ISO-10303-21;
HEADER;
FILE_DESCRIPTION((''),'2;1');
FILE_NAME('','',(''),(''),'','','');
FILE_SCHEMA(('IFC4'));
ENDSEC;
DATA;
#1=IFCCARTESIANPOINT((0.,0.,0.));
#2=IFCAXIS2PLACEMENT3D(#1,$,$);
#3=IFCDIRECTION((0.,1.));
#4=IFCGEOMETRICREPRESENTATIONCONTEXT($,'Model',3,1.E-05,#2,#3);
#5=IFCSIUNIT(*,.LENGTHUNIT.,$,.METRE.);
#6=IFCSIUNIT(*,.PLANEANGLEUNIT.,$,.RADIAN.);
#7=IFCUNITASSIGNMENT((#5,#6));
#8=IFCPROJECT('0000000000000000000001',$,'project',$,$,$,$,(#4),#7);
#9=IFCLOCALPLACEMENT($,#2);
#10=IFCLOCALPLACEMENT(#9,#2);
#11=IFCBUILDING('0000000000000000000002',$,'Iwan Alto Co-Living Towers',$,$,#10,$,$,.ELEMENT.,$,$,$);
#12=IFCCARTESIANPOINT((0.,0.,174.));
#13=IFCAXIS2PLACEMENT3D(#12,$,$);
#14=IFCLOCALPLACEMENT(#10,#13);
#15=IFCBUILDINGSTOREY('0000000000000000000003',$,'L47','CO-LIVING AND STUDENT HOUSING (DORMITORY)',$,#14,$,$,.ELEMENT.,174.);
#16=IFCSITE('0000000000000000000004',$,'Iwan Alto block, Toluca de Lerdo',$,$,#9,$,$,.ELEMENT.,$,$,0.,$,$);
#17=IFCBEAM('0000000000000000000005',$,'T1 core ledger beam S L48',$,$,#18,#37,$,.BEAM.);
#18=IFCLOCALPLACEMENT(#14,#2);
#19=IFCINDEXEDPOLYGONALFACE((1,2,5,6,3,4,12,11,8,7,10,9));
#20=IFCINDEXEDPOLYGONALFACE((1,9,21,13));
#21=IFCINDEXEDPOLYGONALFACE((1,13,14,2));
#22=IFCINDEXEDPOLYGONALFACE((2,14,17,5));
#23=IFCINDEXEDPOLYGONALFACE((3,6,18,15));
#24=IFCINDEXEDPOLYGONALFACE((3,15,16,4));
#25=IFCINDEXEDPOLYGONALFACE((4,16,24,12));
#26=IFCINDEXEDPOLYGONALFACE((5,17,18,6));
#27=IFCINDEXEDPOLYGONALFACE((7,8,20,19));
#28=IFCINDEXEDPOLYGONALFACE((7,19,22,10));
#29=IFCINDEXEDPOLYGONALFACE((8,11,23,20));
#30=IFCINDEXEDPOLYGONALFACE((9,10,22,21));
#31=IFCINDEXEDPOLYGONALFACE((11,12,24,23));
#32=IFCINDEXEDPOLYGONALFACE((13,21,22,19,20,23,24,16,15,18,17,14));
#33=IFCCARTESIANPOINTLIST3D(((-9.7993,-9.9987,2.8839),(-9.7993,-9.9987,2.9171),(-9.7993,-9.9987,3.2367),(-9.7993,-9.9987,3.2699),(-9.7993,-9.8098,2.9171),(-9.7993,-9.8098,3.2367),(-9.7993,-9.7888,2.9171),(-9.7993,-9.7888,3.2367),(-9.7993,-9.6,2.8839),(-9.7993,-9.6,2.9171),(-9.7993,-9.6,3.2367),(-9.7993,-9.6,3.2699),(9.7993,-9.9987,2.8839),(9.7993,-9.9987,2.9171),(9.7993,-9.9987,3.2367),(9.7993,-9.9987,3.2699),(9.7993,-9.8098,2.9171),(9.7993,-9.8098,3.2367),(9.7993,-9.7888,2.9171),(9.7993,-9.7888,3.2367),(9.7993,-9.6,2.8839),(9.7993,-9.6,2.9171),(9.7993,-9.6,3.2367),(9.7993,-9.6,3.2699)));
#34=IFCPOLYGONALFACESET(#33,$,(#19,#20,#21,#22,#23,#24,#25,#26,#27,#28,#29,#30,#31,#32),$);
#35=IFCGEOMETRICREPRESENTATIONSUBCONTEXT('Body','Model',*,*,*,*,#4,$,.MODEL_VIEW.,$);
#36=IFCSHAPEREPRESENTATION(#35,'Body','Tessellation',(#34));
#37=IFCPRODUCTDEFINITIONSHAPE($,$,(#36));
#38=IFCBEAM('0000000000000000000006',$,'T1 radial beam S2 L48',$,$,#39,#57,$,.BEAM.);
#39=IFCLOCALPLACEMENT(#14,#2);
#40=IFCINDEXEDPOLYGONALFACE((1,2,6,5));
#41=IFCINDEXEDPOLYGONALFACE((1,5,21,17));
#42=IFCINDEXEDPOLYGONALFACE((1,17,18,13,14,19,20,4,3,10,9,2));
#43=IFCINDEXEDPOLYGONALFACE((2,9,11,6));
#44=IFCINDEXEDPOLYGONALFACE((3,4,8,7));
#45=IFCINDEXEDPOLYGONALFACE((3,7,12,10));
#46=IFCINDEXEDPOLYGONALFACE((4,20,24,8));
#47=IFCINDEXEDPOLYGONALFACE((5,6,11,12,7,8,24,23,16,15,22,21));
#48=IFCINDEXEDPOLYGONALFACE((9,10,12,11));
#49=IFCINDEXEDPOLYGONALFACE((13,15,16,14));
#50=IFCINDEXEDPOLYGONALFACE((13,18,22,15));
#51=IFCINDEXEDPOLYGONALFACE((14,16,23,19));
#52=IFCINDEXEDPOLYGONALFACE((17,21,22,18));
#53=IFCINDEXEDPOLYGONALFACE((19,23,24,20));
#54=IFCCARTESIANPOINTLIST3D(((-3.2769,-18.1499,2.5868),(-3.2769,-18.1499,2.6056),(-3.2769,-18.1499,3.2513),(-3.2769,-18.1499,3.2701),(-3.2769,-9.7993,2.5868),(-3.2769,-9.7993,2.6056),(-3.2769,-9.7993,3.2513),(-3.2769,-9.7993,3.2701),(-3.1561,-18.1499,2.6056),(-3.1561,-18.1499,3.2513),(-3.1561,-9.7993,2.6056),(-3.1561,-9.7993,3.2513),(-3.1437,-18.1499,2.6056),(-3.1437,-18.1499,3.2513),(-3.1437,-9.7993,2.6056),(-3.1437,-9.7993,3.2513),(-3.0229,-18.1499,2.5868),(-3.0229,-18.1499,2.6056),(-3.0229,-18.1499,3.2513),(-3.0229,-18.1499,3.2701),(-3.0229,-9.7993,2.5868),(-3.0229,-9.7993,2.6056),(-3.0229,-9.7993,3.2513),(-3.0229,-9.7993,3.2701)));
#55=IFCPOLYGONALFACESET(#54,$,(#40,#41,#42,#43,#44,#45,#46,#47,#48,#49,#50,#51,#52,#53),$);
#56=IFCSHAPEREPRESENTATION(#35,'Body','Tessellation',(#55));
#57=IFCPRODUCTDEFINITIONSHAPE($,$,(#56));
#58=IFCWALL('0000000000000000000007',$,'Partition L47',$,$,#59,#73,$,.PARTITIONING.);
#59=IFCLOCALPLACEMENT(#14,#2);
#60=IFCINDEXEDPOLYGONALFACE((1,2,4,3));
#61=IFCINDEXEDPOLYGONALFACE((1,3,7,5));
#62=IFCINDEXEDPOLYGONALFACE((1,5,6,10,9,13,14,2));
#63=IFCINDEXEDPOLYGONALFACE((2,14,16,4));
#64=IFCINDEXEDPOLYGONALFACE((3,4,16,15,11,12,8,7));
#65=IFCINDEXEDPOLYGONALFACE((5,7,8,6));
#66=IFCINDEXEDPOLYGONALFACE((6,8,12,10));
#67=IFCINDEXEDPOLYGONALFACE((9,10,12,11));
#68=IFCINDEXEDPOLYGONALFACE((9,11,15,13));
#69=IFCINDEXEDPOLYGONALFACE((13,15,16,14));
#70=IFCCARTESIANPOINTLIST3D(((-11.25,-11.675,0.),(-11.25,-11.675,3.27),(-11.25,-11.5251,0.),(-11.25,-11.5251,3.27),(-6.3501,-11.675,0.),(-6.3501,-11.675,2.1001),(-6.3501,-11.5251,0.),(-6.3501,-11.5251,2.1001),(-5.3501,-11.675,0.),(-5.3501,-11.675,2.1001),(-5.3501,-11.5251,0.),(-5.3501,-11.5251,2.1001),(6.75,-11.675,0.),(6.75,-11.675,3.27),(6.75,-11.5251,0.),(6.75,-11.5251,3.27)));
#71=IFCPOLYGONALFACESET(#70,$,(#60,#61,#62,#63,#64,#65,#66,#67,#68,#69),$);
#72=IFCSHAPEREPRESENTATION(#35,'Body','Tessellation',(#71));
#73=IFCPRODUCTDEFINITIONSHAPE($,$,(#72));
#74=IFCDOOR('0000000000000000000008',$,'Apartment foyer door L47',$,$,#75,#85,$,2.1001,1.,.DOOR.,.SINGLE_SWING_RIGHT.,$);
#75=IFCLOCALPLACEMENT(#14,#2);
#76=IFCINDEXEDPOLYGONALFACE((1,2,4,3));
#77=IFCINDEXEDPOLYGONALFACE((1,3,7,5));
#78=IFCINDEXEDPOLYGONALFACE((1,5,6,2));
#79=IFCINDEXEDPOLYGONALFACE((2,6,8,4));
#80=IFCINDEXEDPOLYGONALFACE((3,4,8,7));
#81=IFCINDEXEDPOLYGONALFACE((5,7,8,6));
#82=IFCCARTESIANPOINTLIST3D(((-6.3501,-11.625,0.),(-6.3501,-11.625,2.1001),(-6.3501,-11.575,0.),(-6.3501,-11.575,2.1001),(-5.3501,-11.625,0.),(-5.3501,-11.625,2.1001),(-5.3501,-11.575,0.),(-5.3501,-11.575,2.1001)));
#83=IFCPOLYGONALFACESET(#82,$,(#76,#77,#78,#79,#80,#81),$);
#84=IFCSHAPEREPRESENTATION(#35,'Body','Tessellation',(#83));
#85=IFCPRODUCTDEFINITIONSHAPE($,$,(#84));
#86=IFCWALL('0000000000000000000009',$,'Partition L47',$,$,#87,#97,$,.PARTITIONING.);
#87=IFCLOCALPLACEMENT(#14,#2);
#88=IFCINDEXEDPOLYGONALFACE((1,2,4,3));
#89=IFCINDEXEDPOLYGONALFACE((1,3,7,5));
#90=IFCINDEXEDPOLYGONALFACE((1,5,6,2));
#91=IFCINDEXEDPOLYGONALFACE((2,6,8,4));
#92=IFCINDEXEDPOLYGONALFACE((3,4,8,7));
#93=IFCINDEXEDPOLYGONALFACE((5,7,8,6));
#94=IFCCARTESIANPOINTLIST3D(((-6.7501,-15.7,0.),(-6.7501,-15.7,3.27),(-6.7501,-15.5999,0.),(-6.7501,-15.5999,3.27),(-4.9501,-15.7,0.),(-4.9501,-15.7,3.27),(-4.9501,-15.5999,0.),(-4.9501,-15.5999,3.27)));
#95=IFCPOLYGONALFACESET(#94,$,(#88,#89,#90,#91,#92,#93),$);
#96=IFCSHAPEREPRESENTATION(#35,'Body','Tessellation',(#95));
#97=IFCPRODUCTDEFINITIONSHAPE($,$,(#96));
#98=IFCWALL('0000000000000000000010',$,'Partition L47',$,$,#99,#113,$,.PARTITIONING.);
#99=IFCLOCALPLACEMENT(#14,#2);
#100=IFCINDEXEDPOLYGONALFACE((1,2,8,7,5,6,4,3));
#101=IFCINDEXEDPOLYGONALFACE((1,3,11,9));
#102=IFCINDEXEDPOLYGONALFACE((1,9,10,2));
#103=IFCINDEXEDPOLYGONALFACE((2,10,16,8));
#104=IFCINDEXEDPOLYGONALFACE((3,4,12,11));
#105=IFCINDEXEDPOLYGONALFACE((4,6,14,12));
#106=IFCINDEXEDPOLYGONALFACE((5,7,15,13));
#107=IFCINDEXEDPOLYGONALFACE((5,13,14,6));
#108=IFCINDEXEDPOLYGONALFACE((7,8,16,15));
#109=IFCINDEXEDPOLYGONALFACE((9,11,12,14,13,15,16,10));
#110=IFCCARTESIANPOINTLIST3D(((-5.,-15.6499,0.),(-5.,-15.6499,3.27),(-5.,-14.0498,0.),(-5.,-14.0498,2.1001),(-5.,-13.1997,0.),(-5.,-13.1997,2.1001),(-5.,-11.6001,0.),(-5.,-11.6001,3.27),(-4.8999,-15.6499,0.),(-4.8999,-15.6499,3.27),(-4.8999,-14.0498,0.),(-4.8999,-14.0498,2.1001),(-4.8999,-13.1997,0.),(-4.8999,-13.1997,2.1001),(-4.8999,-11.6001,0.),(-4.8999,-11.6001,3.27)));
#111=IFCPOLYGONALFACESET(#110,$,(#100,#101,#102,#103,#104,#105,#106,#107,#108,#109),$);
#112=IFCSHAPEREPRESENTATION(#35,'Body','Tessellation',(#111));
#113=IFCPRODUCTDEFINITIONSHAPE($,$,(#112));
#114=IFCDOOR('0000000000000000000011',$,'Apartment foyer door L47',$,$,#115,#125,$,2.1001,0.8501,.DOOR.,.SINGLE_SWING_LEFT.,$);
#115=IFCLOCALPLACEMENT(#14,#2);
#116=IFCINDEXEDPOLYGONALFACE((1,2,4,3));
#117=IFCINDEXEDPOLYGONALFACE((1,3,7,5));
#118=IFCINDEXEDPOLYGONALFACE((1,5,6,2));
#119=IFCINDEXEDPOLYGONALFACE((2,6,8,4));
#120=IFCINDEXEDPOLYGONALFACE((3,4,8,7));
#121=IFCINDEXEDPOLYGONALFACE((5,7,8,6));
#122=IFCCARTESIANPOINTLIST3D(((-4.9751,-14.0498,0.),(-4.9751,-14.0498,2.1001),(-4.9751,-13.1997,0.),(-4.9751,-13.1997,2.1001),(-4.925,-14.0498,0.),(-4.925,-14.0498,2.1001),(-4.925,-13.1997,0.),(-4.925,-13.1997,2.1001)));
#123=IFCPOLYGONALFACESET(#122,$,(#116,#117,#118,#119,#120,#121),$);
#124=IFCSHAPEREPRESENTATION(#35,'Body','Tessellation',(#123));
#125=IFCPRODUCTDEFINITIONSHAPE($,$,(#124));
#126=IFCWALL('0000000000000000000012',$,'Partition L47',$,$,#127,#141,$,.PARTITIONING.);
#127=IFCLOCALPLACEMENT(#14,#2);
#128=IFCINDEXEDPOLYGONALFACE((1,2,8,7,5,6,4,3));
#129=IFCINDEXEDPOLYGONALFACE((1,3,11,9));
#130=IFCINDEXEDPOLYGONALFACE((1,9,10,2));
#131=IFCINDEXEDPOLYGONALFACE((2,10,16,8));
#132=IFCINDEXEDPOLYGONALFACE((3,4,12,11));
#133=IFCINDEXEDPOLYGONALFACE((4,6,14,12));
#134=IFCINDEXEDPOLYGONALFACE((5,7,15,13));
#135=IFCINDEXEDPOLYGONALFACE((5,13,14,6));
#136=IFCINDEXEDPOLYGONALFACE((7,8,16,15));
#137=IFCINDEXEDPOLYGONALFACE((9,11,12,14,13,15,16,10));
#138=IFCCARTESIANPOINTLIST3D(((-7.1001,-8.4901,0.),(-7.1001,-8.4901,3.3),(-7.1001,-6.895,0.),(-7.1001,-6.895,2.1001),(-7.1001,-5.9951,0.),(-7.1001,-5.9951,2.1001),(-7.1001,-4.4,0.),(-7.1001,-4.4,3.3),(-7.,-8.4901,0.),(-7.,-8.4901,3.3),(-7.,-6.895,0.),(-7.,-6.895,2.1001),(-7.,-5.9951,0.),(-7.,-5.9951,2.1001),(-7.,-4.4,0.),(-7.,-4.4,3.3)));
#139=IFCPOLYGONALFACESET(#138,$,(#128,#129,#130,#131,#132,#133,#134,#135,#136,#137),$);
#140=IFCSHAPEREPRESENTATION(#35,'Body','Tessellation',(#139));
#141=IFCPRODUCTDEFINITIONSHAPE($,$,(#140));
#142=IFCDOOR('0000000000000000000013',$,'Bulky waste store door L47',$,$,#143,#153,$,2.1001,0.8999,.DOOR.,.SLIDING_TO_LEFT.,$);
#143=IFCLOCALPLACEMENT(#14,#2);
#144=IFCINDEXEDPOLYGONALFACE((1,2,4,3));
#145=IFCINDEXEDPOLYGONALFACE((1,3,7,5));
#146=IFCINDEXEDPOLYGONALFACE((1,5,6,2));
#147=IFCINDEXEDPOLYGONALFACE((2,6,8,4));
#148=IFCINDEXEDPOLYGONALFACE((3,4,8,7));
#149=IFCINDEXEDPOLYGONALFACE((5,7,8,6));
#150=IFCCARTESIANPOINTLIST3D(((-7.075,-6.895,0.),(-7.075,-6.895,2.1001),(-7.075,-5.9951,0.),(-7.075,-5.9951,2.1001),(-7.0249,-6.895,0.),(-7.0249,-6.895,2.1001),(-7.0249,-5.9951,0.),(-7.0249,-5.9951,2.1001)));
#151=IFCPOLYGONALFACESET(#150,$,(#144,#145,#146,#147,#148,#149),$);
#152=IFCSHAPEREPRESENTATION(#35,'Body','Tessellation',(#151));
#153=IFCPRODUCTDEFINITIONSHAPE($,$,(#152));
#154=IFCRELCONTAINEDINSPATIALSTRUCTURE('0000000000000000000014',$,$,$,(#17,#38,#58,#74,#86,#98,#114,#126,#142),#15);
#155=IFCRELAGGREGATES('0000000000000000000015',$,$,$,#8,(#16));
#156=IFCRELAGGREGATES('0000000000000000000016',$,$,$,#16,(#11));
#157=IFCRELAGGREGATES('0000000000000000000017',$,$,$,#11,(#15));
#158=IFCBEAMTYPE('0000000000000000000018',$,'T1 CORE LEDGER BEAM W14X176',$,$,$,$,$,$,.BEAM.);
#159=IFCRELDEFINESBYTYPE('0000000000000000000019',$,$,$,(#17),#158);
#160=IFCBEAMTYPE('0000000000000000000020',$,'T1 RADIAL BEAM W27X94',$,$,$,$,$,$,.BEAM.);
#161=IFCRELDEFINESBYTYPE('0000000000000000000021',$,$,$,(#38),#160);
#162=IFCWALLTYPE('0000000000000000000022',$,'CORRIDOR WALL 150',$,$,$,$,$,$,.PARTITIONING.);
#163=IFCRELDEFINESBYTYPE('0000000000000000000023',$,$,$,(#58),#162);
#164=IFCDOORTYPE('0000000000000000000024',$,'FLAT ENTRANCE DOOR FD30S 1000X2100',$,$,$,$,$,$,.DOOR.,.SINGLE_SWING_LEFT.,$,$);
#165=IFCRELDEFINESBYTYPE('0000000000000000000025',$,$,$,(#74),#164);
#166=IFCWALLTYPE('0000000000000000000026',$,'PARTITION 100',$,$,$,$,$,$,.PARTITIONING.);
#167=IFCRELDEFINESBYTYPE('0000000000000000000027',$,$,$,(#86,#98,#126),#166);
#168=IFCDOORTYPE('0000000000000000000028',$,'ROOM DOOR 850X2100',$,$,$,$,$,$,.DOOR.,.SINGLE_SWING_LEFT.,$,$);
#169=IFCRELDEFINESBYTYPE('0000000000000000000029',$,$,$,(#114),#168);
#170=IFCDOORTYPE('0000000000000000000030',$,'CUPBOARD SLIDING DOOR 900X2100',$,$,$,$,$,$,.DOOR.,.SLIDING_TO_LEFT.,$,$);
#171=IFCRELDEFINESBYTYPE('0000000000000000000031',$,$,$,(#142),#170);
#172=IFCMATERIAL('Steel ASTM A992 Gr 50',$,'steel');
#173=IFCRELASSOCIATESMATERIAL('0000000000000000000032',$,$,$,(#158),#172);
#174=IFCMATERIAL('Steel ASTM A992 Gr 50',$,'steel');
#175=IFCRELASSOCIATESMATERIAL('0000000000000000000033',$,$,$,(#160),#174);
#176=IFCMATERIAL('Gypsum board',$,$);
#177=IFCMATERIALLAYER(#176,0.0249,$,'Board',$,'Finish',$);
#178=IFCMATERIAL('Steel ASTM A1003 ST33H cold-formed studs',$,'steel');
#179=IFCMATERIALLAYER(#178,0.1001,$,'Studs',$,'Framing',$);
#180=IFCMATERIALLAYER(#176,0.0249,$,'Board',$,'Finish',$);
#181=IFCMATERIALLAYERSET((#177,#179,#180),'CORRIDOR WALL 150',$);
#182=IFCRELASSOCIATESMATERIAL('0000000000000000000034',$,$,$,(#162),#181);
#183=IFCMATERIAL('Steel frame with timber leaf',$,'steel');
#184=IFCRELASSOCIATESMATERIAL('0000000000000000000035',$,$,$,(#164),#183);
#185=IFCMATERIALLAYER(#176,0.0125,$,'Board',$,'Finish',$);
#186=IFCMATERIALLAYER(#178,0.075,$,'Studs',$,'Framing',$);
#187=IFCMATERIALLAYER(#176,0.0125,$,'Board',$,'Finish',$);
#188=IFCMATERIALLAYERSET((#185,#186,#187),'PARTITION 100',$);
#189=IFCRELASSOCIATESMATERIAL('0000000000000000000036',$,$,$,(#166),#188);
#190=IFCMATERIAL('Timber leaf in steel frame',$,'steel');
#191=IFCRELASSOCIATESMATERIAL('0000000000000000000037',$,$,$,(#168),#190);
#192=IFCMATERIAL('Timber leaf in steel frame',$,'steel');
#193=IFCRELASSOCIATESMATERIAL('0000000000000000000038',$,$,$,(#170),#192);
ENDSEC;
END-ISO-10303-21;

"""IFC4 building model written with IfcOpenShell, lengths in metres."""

from ifc_helpers import new_model, si_unit, direction, frame, frame_2d, origin, origin_2d, place, context, subcontext, project, spatial, rectangle, i_section, extrude, material, layer, layer_set, material_profile, profile_set, type_object, element, fill, save


model = new_model("IFC4")

# Units and contexts
model_context = context("Model", 3, precision=1e-05, world=origin(), true_north=direction((0.0, 1.0)))
body_context = subcontext(model_context, "Body", "Model", "MODEL_VIEW")
ifc_project = project(units=[si_unit("LENGTHUNIT", "METRE"), si_unit("PLANEANGLEUNIT", "RADIAN")], contexts=[model_context])

# Site, building, storey
site_placement = place(None, origin())
site = spatial("IfcSite", under=ifc_project, at=site_placement, Name="Iwan Alto block, Toluca de Lerdo", CompositionType="ELEMENT", RefElevation=0.0)
building_placement = place(site_placement, origin())
building = spatial("IfcBuilding", under=site, at=building_placement, Name="Iwan Alto Co-Living Towers", CompositionType="ELEMENT")
storey_placement = place(building_placement, frame((0.0, 0.0, 174.0)))
storey = spatial("IfcBuildingStorey", under=building, at=storey_placement, Name="L47", Description="CO-LIVING AND STUDENT HOUSING (DORMITORY)", CompositionType="ELEMENT", Elevation=174.0)

# Beams
ifc_material_1 = material(Name="Steel ASTM A992 Gr 50", Category="steel")
ifc_material_profile_1 = material_profile(ifc_material_1, i_section(OverallWidth=0.3987, OverallDepth=0.386, WebThickness=0.021, FlangeThickness=0.0332, at=origin_2d()), Name="W14X176")
ifc_profile_set_1 = profile_set([ifc_material_profile_1], Name="Steel ASTM A992 Gr 50")
beam_type_1 = type_object("IfcBeamType", Name="T1 CORE LEDGER BEAM W14X176", PredefinedType="BEAM", material=ifc_profile_set_1)
beam_1_placement = place(storey_placement, frame((-9.7993, -9.7993, 3.0769), z_axis=(1.0, 0.0, 0.0), x_axis=(0.0, 1.0, 0.0)))
element("IfcBeam", 1, at=beam_1_placement, inside=storey, type_object=beam_type_1, Name="T1 core ledger beam S L48", PredefinedType="BEAM", context=body_context, shape_type="SweptSolid", body=[
    extrude(i_section(OverallWidth=0.3987, OverallDepth=0.386, WebThickness=0.021, FlangeThickness=0.0332, at=origin_2d()), origin(), (0.0, 0.0, 1.0), 19.5986),
])
ifc_material_2 = material(Name="Steel ASTM A992 Gr 50", Category="steel")
ifc_material_profile_2 = material_profile(ifc_material_2, i_section(OverallWidth=0.2539, OverallDepth=0.6833, WebThickness=0.0125, FlangeThickness=0.0188, at=origin_2d()), Name="W27X94")
ifc_profile_set_2 = profile_set([ifc_material_profile_2], Name="Steel ASTM A992 Gr 50")
beam_type_2 = type_object("IfcBeamType", Name="T1 RADIAL BEAM W27X94", PredefinedType="BEAM", material=ifc_profile_set_2)
beam_2_placement = place(storey_placement, frame((-3.1499, -18.1499, 2.9285), z_axis=(0.0, 1.0, 0.0), x_axis=(-1.0, 0.0, 0.0)))
element("IfcBeam", 2, at=beam_2_placement, inside=storey, type_object=beam_type_2, Name="T1 radial beam S2 L48", PredefinedType="BEAM", context=body_context, shape_type="SweptSolid", body=[
    extrude(i_section(OverallWidth=0.2539, OverallDepth=0.6833, WebThickness=0.0125, FlangeThickness=0.0188, at=origin_2d()), origin(), (0.0, 0.0, 1.0), 8.3506),
])

# Wall, opening, door
ifc_material_3 = material(Name="Gypsum board")
ifc_layer_1 = layer(ifc_material_3, 0.0249, Name="Board", Category="Finish")
ifc_material_4 = material(Name="Steel ASTM A1003 ST33H cold-formed studs", Category="steel")
ifc_layer_2 = layer(ifc_material_4, 0.1001, Name="Studs", Category="Framing")
ifc_layer_3 = layer(ifc_material_3, 0.0249, Name="Board", Category="Finish")
ifc_layer_set_1 = layer_set([ifc_layer_1, ifc_layer_2, ifc_layer_3], Name="CORRIDOR WALL 150")
wall_type_1 = type_object("IfcWallType", Name="CORRIDOR WALL 150", PredefinedType="PARTITIONING", material=ifc_layer_set_1)
wall_1_placement = place(storey_placement, frame((-11.25, -11.6001, 0.0), z_axis=(0.0, 0.0, 1.0), x_axis=(1.0, 0.0, 0.0)))
wall_1 = element("IfcWall", 3, at=wall_1_placement, inside=storey, type_object=wall_type_1, Name="Partition L47", PredefinedType="PARTITIONING", context=body_context, shape_type="SweptSolid", body=[
    extrude(rectangle(XDim=18.0, YDim=0.1499, at=frame_2d((9.0, 0.0))), origin(), (0.0, 0.0, 1.0), 3.27),
])
opening_1_placement = place(wall_1_placement, frame((4.8999, 0.0, 0.0)))
opening_1 = element("IfcOpeningElement", 4, at=opening_1_placement, cuts=wall_1, PredefinedType="OPENING", context=body_context, shape_type="SweptSolid", body=[
    extrude(rectangle(XDim=1.0, YDim=2.1001, at=frame_2d((0.5, 1.05))), frame((0.0, 0.085, 0.0), z_axis=(0.0, -1.0, 0.0), x_axis=(1.0, 0.0, 0.0)), (0.0, 0.0, 1.0), 0.1699),
])
ifc_material_5 = material(Name="Steel frame with timber leaf", Category="steel")
door_type_1 = type_object("IfcDoorType", Name="FLAT ENTRANCE DOOR FD30S 1000X2100", OperationType="SINGLE_SWING_LEFT", PredefinedType="DOOR", material=ifc_material_5)
door_1_placement = place(opening_1_placement, frame((1.0, 0.0, 0.0), z_axis=(0.0, 0.0, 1.0), x_axis=(-1.0, 0.0, 0.0)))
door_1 = element("IfcDoor", 5, at=door_1_placement, inside=storey, type_object=door_type_1, Name="Apartment foyer door L47", OperationType="SINGLE_SWING_RIGHT", OverallHeight=2.1001, OverallWidth=1.0, PredefinedType="DOOR", context=body_context, shape_type="SweptSolid", body=[
    extrude(rectangle(XDim=1.0, YDim=2.1001, at=frame_2d((0.5, 1.05))), frame((0.0, 0.0249, 0.0), z_axis=(0.0, -1.0, 0.0), x_axis=(1.0, 0.0, 0.0)), (0.0, 0.0, 1.0), 0.05),
])
fill(opening_1, door_1)

# Wall
ifc_layer_4 = layer(ifc_material_3, 0.0125, Name="Board", Category="Finish")
ifc_layer_5 = layer(ifc_material_4, 0.075, Name="Studs", Category="Framing")
ifc_layer_6 = layer(ifc_material_3, 0.0125, Name="Board", Category="Finish")
ifc_layer_set_2 = layer_set([ifc_layer_4, ifc_layer_5, ifc_layer_6], Name="PARTITION 100")
wall_type_2 = type_object("IfcWallType", Name="PARTITION 100", PredefinedType="PARTITIONING", material=ifc_layer_set_2)
wall_2_placement = place(storey_placement, frame((-6.75, -15.6499, 0.0), z_axis=(0.0, 0.0, 1.0), x_axis=(1.0, 0.0, 0.0)))
element("IfcWall", 6, at=wall_2_placement, inside=storey, type_object=wall_type_2, Name="Partition L47", PredefinedType="PARTITIONING", context=body_context, shape_type="SweptSolid", body=[
    extrude(rectangle(XDim=1.8, YDim=0.1001, at=frame_2d((0.8999, 0.0))), origin(), (0.0, 0.0, 1.0), 3.27),
])

# Walls, openings, doors
wall_3_placement = place(storey_placement, frame((-4.95, -15.6499, 0.0), z_axis=(0.0, 0.0, 1.0), x_axis=(0.0, 1.0, 0.0)))
wall_3 = element("IfcWall", 7, at=wall_3_placement, inside=storey, type_object=wall_type_2, Name="Partition L47", PredefinedType="PARTITIONING", context=body_context, shape_type="SweptSolid", body=[
    extrude(rectangle(XDim=4.0498, YDim=0.1001, at=frame_2d((2.0249, 0.0))), origin(), (0.0, 0.0, 1.0), 3.27),
])
opening_2_placement = place(wall_3_placement, frame((1.6001, 0.0, 0.0)))
opening_2 = element("IfcOpeningElement", 8, at=opening_2_placement, cuts=wall_3, PredefinedType="OPENING", context=body_context, shape_type="SweptSolid", body=[
    extrude(rectangle(XDim=0.8501, YDim=2.1001, at=frame_2d((0.425, 1.05))), frame((0.0, 0.0601, 0.0), z_axis=(0.0, -1.0, 0.0), x_axis=(1.0, 0.0, 0.0)), (0.0, 0.0, 1.0), 0.1201),
])
ifc_material_6 = material(Name="Timber leaf in steel frame", Category="steel")
door_type_2 = type_object("IfcDoorType", Name="ROOM DOOR 850X2100", OperationType="SINGLE_SWING_LEFT", PredefinedType="DOOR", material=ifc_material_6)
door_2_placement = place(opening_2_placement, frame((0.8501, 0.0, 0.0), z_axis=(0.0, 0.0, 1.0), x_axis=(-1.0, 0.0, 0.0)))
door_2 = element("IfcDoor", 9, at=door_2_placement, inside=storey, type_object=door_type_2, Name="Apartment foyer door L47", OperationType="SINGLE_SWING_LEFT", OverallHeight=2.1001, OverallWidth=0.8501, PredefinedType="DOOR", context=body_context, shape_type="SweptSolid", body=[
    extrude(rectangle(XDim=0.8501, YDim=2.1001, at=frame_2d((0.425, 1.05))), frame((0.0, 0.0249, 0.0), z_axis=(0.0, -1.0, 0.0), x_axis=(1.0, 0.0, 0.0)), (0.0, 0.0, 1.0), 0.05),
])
fill(opening_2, door_2)
wall_4_placement = place(storey_placement, frame((-7.05, -8.49, 0.0), z_axis=(0.0, 0.0, 1.0), x_axis=(0.0, 1.0, 0.0)))
wall_4 = element("IfcWall", 10, at=wall_4_placement, inside=storey, type_object=wall_type_2, Name="Partition L47", PredefinedType="PARTITIONING", context=body_context, shape_type="SweptSolid", body=[
    extrude(rectangle(XDim=4.0901, YDim=0.1001, at=frame_2d((2.0449, 0.0))), origin(), (0.0, 0.0, 1.0), 3.3),
])
opening_3_placement = place(wall_4_placement, frame((1.595, 0.0, 0.0)))
opening_3 = element("IfcOpeningElement", 11, at=opening_3_placement, cuts=wall_4, PredefinedType="OPENING", context=body_context, shape_type="SweptSolid", body=[
    extrude(rectangle(XDim=0.8999, YDim=2.1001, at=frame_2d((0.45, 1.05))), frame((0.0, 0.0601, 0.0), z_axis=(0.0, -1.0, 0.0), x_axis=(1.0, 0.0, 0.0)), (0.0, 0.0, 1.0), 0.1201),
])
ifc_material_7 = material(Name="Timber leaf in steel frame", Category="steel")
door_type_3 = type_object("IfcDoorType", Name="CUPBOARD SLIDING DOOR 900X2100", OperationType="SLIDING_TO_LEFT", PredefinedType="DOOR", material=ifc_material_7)
door_3_placement = place(opening_3_placement, origin())
door_3 = element("IfcDoor", 12, at=door_3_placement, inside=storey, type_object=door_type_3, Name="Bulky waste store door L47", OperationType="SLIDING_TO_LEFT", OverallHeight=2.1001, OverallWidth=0.8999, PredefinedType="DOOR", context=body_context, shape_type="SweptSolid", body=[
    extrude(rectangle(XDim=0.8999, YDim=2.1001, at=frame_2d((0.45, 1.05))), frame((0.0, 0.0249, 0.0), z_axis=(0.0, -1.0, 0.0), x_axis=(1.0, 0.0, 0.0)), (0.0, 0.0, 1.0), 0.05),
])
fill(opening_3, door_3)

save(model, "model.ifc")
